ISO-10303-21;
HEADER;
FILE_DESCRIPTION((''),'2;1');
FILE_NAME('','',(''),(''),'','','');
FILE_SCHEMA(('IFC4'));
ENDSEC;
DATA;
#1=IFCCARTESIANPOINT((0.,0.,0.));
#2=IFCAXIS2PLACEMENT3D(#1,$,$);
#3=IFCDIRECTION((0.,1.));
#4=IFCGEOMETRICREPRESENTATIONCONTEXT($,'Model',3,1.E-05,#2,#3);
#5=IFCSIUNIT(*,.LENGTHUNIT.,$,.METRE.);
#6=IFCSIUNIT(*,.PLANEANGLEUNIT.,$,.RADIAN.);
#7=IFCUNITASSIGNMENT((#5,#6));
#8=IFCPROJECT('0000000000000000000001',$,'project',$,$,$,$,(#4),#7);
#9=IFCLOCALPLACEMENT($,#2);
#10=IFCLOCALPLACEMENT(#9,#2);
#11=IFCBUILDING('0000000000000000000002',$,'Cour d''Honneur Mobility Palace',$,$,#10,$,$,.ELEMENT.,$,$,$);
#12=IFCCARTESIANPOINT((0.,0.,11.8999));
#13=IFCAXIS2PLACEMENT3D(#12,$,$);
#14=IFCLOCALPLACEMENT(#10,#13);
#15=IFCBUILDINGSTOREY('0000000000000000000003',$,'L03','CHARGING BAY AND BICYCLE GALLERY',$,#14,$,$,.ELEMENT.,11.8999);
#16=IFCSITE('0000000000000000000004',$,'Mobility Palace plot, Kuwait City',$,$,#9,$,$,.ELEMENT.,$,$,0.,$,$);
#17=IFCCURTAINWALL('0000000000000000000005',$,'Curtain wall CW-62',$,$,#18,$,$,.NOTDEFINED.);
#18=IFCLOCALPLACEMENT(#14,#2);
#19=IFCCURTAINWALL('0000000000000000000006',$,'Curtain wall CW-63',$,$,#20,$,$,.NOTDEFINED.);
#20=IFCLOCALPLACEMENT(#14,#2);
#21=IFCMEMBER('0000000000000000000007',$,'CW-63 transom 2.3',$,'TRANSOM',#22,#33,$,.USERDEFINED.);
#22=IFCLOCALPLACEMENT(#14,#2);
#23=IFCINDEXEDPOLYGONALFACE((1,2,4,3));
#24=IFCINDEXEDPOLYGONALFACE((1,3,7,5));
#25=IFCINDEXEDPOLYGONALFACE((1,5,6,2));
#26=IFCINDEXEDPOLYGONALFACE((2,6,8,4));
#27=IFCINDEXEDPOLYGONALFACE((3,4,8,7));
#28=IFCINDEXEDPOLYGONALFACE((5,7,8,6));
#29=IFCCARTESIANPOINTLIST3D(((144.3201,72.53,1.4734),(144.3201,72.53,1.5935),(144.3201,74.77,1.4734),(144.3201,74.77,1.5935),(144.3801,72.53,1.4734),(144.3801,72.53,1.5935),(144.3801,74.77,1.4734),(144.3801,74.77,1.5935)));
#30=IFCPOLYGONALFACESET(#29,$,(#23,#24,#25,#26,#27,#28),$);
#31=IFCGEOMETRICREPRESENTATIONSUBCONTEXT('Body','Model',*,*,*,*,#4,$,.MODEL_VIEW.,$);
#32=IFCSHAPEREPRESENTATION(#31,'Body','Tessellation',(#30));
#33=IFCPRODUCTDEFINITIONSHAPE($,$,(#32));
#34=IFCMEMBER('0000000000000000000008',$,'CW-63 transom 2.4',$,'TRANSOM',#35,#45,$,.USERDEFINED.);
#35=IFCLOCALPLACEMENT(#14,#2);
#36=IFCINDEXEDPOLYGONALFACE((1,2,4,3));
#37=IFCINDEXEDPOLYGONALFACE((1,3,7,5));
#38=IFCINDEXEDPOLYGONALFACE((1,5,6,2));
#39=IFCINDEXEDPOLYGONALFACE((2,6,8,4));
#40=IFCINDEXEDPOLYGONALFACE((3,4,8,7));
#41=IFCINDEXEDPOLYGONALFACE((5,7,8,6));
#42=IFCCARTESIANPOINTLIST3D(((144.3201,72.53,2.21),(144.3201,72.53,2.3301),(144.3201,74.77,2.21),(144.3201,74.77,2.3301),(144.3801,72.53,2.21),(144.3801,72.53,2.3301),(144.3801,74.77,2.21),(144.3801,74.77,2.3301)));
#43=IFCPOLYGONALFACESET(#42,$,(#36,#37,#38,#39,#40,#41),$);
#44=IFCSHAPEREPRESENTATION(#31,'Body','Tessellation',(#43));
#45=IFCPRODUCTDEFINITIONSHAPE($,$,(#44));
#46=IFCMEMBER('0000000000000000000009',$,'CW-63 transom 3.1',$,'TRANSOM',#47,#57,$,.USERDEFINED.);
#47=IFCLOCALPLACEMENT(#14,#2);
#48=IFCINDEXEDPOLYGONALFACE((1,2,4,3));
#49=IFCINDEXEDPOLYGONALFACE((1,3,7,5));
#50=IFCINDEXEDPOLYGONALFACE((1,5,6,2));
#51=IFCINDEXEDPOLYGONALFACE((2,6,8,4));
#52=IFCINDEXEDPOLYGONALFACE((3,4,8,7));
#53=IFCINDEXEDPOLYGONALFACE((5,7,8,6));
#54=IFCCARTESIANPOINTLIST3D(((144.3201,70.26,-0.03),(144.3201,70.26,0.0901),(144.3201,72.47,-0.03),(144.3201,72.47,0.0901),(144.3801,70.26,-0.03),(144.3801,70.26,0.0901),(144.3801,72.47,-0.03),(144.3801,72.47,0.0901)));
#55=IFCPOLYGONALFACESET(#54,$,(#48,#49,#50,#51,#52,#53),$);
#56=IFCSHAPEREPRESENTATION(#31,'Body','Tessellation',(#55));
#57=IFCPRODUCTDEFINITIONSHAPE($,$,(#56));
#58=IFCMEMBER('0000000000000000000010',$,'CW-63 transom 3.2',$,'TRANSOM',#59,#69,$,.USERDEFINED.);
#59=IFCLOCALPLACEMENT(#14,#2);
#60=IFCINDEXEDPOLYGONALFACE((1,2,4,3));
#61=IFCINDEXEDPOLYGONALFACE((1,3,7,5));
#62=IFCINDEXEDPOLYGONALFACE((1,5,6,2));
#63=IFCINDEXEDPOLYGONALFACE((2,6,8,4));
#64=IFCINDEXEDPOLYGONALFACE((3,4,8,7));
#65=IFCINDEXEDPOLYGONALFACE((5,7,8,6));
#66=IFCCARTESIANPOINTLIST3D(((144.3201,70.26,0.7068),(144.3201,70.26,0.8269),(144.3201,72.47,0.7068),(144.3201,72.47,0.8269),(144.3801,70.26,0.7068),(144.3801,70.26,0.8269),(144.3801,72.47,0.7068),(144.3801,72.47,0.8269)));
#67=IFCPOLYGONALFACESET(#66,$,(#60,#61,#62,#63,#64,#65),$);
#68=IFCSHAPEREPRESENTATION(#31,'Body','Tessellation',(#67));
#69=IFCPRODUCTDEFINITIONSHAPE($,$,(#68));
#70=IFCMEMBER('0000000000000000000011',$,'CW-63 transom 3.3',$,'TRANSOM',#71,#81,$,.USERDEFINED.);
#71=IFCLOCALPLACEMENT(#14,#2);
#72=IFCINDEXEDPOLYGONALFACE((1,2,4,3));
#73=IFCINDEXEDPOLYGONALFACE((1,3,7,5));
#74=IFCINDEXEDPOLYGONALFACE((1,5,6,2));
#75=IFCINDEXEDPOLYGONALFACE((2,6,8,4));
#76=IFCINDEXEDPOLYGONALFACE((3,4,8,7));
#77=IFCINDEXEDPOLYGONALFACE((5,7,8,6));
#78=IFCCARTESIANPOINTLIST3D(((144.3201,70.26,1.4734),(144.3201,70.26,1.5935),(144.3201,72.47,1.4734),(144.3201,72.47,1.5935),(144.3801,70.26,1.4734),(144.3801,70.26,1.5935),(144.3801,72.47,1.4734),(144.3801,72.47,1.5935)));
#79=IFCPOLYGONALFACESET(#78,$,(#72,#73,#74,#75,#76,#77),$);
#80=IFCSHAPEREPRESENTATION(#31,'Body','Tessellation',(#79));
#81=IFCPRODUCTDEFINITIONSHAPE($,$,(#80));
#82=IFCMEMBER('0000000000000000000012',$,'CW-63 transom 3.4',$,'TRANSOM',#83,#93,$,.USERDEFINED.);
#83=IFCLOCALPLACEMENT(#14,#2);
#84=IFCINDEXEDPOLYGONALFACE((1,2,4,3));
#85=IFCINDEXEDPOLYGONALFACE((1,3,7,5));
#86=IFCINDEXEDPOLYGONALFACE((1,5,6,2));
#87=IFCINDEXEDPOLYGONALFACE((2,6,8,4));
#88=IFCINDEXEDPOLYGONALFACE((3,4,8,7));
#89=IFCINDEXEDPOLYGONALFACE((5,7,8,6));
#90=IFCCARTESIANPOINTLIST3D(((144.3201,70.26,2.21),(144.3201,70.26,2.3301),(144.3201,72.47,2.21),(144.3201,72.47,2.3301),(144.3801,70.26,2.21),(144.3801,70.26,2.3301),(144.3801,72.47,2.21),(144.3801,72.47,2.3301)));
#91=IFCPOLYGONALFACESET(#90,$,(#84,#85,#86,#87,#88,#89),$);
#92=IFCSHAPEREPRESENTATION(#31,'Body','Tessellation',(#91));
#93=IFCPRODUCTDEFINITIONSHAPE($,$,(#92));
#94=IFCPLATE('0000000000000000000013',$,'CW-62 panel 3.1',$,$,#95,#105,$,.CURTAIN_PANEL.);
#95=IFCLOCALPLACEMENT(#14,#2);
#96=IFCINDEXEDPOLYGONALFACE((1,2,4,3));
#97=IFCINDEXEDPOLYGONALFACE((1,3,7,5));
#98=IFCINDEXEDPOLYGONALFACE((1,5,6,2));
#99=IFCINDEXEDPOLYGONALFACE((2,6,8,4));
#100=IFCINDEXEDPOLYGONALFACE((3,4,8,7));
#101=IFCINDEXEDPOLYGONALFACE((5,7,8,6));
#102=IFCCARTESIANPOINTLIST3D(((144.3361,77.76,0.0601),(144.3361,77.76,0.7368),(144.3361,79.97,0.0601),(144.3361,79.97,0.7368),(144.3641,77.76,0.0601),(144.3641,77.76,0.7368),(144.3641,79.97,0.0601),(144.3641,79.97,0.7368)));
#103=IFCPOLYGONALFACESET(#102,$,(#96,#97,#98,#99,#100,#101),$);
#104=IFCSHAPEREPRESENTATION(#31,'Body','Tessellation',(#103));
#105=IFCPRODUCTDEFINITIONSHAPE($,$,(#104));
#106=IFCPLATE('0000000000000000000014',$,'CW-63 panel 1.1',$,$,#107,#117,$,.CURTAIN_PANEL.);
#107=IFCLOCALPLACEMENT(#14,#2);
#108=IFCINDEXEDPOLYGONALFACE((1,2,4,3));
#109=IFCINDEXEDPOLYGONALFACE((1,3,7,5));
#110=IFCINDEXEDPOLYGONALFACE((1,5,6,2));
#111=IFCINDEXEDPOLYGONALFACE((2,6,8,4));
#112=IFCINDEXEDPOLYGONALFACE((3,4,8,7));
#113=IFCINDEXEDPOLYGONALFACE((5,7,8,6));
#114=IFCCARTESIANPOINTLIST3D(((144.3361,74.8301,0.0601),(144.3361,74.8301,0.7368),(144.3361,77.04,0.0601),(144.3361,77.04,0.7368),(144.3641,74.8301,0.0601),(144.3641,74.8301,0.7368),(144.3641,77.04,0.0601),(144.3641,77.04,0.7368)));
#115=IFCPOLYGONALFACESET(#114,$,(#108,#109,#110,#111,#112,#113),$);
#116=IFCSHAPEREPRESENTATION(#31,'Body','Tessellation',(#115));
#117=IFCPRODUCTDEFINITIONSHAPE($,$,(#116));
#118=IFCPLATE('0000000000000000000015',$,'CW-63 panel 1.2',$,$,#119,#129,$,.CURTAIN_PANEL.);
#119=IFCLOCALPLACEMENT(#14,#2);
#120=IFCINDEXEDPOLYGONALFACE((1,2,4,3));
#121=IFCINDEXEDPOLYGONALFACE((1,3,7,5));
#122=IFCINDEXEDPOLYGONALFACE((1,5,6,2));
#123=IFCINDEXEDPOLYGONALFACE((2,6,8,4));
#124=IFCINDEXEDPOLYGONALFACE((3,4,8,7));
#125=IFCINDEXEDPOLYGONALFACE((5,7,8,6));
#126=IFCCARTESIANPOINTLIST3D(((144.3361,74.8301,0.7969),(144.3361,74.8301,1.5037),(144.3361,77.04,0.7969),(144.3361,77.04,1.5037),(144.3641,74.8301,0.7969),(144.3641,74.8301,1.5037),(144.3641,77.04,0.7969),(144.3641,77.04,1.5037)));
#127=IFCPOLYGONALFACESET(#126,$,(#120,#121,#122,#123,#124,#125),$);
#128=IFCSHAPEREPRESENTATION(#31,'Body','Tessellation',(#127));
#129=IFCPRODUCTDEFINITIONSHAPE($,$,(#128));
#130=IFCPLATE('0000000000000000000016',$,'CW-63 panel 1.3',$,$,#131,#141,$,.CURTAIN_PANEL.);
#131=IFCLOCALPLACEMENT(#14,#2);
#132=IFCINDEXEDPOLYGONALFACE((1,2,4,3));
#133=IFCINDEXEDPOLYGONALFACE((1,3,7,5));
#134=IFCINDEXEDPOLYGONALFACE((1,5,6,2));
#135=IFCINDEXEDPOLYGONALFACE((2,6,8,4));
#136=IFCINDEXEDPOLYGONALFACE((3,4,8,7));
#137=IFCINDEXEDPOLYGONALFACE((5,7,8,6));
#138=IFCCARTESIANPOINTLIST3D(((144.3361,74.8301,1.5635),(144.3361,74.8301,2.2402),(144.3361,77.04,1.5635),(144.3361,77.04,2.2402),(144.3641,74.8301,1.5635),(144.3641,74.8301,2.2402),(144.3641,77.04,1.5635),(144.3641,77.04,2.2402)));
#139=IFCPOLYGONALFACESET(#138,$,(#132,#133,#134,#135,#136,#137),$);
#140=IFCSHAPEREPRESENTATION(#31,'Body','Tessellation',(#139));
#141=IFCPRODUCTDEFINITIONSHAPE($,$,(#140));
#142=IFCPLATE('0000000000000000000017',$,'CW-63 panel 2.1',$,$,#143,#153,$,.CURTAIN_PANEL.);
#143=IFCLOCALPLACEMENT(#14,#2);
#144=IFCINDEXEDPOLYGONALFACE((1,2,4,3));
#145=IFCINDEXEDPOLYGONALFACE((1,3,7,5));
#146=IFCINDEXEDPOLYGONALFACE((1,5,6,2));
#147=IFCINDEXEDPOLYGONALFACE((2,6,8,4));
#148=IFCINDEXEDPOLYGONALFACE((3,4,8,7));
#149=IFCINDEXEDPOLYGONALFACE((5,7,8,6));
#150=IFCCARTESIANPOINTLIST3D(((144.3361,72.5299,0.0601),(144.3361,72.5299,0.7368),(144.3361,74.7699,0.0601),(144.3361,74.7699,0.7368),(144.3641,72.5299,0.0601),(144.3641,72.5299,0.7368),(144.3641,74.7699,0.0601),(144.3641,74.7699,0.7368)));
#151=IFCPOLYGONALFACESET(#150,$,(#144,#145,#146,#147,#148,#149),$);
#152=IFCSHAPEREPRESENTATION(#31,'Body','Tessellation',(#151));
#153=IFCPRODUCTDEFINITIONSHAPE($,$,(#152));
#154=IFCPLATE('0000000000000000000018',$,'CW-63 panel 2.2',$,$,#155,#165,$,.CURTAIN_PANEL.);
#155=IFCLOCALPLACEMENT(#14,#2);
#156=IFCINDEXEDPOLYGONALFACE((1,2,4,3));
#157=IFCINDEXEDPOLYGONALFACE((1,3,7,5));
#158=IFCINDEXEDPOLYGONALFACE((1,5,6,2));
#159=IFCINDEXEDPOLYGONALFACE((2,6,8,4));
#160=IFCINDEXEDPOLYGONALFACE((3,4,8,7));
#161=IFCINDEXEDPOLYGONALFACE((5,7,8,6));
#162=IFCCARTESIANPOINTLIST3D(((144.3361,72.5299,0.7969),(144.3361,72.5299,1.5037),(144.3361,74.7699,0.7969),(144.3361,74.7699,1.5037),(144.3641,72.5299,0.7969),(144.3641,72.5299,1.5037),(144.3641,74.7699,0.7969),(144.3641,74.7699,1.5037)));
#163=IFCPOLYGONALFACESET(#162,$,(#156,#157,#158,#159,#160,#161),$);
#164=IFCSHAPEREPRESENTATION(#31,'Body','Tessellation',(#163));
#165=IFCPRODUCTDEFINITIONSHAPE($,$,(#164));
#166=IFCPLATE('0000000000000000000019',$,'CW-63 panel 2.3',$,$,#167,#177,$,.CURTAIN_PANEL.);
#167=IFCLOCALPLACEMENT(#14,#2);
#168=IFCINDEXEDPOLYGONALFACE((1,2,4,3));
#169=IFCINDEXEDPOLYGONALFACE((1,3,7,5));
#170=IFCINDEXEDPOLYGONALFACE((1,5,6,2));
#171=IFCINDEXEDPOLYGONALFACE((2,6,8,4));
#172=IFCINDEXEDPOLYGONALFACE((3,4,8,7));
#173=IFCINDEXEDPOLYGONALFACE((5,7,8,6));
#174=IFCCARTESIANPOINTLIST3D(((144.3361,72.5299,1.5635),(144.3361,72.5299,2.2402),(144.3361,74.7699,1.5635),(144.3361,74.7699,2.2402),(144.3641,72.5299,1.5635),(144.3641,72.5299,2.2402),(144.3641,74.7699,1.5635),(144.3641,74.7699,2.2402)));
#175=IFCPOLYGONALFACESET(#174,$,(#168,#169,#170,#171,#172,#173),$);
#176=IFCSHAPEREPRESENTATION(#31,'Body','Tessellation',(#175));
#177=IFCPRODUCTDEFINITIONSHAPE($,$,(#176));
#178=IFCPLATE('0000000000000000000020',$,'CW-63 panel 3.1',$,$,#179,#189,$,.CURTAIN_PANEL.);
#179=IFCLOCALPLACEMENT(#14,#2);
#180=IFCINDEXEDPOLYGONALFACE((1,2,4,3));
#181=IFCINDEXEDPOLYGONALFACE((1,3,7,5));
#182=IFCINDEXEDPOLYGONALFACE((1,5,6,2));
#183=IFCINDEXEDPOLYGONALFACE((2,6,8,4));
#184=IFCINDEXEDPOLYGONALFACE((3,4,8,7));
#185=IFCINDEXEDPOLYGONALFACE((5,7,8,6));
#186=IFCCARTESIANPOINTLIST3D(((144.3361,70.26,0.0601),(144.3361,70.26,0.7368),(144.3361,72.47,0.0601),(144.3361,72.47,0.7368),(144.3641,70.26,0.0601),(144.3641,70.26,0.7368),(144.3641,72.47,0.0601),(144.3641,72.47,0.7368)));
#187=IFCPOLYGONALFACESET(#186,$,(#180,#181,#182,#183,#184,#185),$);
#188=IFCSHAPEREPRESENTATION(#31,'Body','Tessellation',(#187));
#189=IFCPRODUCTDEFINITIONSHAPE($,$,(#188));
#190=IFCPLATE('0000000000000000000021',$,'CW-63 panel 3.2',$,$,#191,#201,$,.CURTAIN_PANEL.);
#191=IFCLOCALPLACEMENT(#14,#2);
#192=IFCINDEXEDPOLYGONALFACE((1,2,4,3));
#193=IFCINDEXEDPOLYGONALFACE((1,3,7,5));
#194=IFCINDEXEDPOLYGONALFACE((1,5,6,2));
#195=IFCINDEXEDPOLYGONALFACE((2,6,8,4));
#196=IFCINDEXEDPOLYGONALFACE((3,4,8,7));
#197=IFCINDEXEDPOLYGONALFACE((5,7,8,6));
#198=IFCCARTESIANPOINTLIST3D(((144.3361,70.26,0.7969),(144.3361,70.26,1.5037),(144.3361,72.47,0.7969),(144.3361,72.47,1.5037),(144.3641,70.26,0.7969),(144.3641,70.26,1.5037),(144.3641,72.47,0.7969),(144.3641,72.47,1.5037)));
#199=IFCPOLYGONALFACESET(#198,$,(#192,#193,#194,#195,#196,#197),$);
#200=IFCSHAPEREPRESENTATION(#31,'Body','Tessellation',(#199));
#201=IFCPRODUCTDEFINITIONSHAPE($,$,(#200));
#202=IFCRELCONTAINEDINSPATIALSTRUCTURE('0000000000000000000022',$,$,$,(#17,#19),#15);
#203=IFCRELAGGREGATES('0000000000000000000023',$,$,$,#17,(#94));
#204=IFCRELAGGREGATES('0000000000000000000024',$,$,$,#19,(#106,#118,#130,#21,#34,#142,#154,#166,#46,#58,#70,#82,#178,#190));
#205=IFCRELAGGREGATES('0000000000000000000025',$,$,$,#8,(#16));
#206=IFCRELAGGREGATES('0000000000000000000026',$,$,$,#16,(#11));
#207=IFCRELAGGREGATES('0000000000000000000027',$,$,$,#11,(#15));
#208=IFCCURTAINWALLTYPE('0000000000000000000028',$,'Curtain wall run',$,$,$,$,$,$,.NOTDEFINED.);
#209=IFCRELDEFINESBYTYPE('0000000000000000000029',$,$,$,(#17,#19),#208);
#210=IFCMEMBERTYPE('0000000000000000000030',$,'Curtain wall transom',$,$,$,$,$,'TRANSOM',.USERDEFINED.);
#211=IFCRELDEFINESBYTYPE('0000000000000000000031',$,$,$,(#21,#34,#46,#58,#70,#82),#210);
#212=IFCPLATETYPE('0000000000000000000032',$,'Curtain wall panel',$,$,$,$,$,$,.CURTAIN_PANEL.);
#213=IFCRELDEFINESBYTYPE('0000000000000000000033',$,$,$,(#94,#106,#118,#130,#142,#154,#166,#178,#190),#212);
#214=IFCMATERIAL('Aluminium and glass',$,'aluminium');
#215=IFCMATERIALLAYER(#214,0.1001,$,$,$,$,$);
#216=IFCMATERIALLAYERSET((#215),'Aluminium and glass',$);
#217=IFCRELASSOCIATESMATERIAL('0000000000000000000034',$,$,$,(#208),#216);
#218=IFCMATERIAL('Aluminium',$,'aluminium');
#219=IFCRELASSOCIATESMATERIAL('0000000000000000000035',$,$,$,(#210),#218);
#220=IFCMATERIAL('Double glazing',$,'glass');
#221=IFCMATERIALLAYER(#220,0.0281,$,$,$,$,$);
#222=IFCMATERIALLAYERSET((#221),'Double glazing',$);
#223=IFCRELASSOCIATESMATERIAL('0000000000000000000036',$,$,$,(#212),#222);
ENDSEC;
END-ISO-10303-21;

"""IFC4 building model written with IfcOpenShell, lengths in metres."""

from ifc_helpers import new_model, si_unit, direction, frame, origin, origin_2d, place, context, subcontext, project, spatial, rectangle, extrude, material, layer, layer_set, material_profile, profile_set, type_object, element, aggregate, save


model = new_model("IFC4")

# Units and contexts
model_context = context("Model", 3, precision=1e-05, world=origin(), true_north=direction((0.0, 1.0)))
body_context = subcontext(model_context, "Body", "Model", "MODEL_VIEW")
ifc_project = project(units=[si_unit("LENGTHUNIT", "METRE"), si_unit("PLANEANGLEUNIT", "RADIAN")], contexts=[model_context])

# Site, building, storey
site_placement = place(None, origin())
site = spatial("IfcSite", under=ifc_project, at=site_placement, Name="Mobility Palace plot, Kuwait City", CompositionType="ELEMENT", RefElevation=0.0)
building_placement = place(site_placement, origin())
building = spatial("IfcBuilding", under=site, at=building_placement, Name="Cour d'Honneur Mobility Palace", CompositionType="ELEMENT")
storey_placement = place(building_placement, frame((0.0, 0.0, 11.8999)))
storey = spatial("IfcBuildingStorey", under=building, at=storey_placement, Name="L03", Description="CHARGING BAY AND BICYCLE GALLERY", CompositionType="ELEMENT", Elevation=11.8999)

# Curtain wall
ifc_material_1 = material(Name="Aluminium and glass", Category="aluminium")
ifc_layer_1 = layer(ifc_material_1, 0.1001)
ifc_layer_set_1 = layer_set([ifc_layer_1], Name="Aluminium and glass")
curtain_wall_type = type_object("IfcCurtainWallType", Name="Curtain wall run", PredefinedType="NOTDEFINED", material=ifc_layer_set_1)
curtain_wall_1_placement = place(storey_placement, origin())
curtain_wall_1 = element("IfcCurtainWall", 1, at=curtain_wall_1_placement, inside=storey, type_object=curtain_wall_type, Name="Curtain wall CW-62", PredefinedType="NOTDEFINED")

# Curtain wall, members
curtain_wall_2_placement = place(storey_placement, origin())
curtain_wall_2 = element("IfcCurtainWall", 2, at=curtain_wall_2_placement, inside=storey, type_object=curtain_wall_type, Name="Curtain wall CW-63", PredefinedType="NOTDEFINED")
ifc_material_2 = material(Name="Aluminium", Category="aluminium")
ifc_material_profile_1 = material_profile(ifc_material_2, rectangle(XDim=0.0601, YDim=0.1201, at=origin_2d()), Name="Curtain wall transom")
ifc_profile_set_1 = profile_set([ifc_material_profile_1], Name="Aluminium")
member_type_1 = type_object("IfcMemberType", Name="Curtain wall transom", ElementType="TRANSOM", PredefinedType="USERDEFINED", material=ifc_profile_set_1)
member_1_placement = place(storey_placement, frame((144.3501, 74.77, 1.5334), z_axis=(0.0, -1.0, 0.0), x_axis=(1.0, 0.0, 0.0)))
member_1 = element("IfcMember", 3, at=member_1_placement, type_object=member_type_1, Name="CW-63 transom 2.3", ObjectType="TRANSOM", PredefinedType="USERDEFINED", context=body_context, shape_type="SweptSolid", body=[
    extrude(rectangle(XDim=0.0601, YDim=0.1201, at=origin_2d()), origin(), (0.0, 0.0, 1.0), 2.24),
])
member_2_placement = place(storey_placement, frame((144.3501, 74.77, 2.27), z_axis=(0.0, -1.0, 0.0), x_axis=(1.0, 0.0, 0.0)))
member_2 = element("IfcMember", 4, at=member_2_placement, type_object=member_type_1, Name="CW-63 transom 2.4", ObjectType="TRANSOM", PredefinedType="USERDEFINED", context=body_context, shape_type="SweptSolid", body=[
    extrude(rectangle(XDim=0.0601, YDim=0.1201, at=origin_2d()), origin(), (0.0, 0.0, 1.0), 2.24),
])
member_3_placement = place(storey_placement, frame((144.3501, 72.47, 0.03), z_axis=(0.0, -1.0, 0.0), x_axis=(1.0, 0.0, 0.0)))
member_3 = element("IfcMember", 5, at=member_3_placement, type_object=member_type_1, Name="CW-63 transom 3.1", ObjectType="TRANSOM", PredefinedType="USERDEFINED", context=body_context, shape_type="SweptSolid", body=[
    extrude(rectangle(XDim=0.0601, YDim=0.1201, at=origin_2d()), origin(), (0.0, 0.0, 1.0), 2.21),
])
member_4_placement = place(storey_placement, frame((144.3501, 72.47, 0.7668), z_axis=(0.0, -1.0, 0.0), x_axis=(1.0, 0.0, 0.0)))
member_4 = element("IfcMember", 6, at=member_4_placement, type_object=member_type_1, Name="CW-63 transom 3.2", ObjectType="TRANSOM", PredefinedType="USERDEFINED", context=body_context, shape_type="SweptSolid", body=[
    extrude(rectangle(XDim=0.0601, YDim=0.1201, at=origin_2d()), origin(), (0.0, 0.0, 1.0), 2.21),
])
member_5_placement = place(storey_placement, frame((144.3501, 72.47, 1.5334), z_axis=(0.0, -1.0, 0.0), x_axis=(1.0, 0.0, 0.0)))
member_5 = element("IfcMember", 7, at=member_5_placement, type_object=member_type_1, Name="CW-63 transom 3.3", ObjectType="TRANSOM", PredefinedType="USERDEFINED", context=body_context, shape_type="SweptSolid", body=[
    extrude(rectangle(XDim=0.0601, YDim=0.1201, at=origin_2d()), origin(), (0.0, 0.0, 1.0), 2.21),
])
member_6_placement = place(storey_placement, frame((144.3501, 72.47, 2.27), z_axis=(0.0, -1.0, 0.0), x_axis=(1.0, 0.0, 0.0)))
member_6 = element("IfcMember", 8, at=member_6_placement, type_object=member_type_1, Name="CW-63 transom 3.4", ObjectType="TRANSOM", PredefinedType="USERDEFINED", context=body_context, shape_type="SweptSolid", body=[
    extrude(rectangle(XDim=0.0601, YDim=0.1201, at=origin_2d()), origin(), (0.0, 0.0, 1.0), 2.21),
])

# Plates
ifc_material_3 = material(Name="Double glazing", Category="glass")
ifc_layer_2 = layer(ifc_material_3, 0.0281)
ifc_layer_set_2 = layer_set([ifc_layer_2], Name="Double glazing")
plate_type = type_object("IfcPlateType", Name="Curtain wall panel", PredefinedType="CURTAIN_PANEL", material=ifc_layer_set_2)
plate_1_placement = place(storey_placement, frame((144.3501, 78.865, 0.0601), z_axis=(0.0, 0.0, 1.0), x_axis=(0.0, -1.0, 0.0)))
plate_1 = element("IfcPlate", 9, at=plate_1_placement, type_object=plate_type, Name="CW-62 panel 3.1", PredefinedType="CURTAIN_PANEL", context=body_context, shape_type="SweptSolid", body=[
    extrude(rectangle(XDim=2.21, YDim=0.0281, at=origin_2d()), origin(), (0.0, 0.0, 1.0), 0.6768),
])
aggregate(curtain_wall_1, [plate_1])
plate_2_placement = place(storey_placement, frame((144.3501, 75.9351, 0.0601), z_axis=(0.0, 0.0, 1.0), x_axis=(0.0, -1.0, 0.0)))
plate_2 = element("IfcPlate", 10, at=plate_2_placement, type_object=plate_type, Name="CW-63 panel 1.1", PredefinedType="CURTAIN_PANEL", context=body_context, shape_type="SweptSolid", body=[
    extrude(rectangle(XDim=2.21, YDim=0.0281, at=origin_2d()), origin(), (0.0, 0.0, 1.0), 0.6768),
])
plate_3_placement = place(storey_placement, frame((144.3501, 75.9351, 0.7969), z_axis=(0.0, 0.0, 1.0), x_axis=(0.0, -1.0, 0.0)))
plate_3 = element("IfcPlate", 11, at=plate_3_placement, type_object=plate_type, Name="CW-63 panel 1.2", PredefinedType="CURTAIN_PANEL", context=body_context, shape_type="SweptSolid", body=[
    extrude(rectangle(XDim=2.21, YDim=0.0281, at=origin_2d()), origin(), (0.0, 0.0, 1.0), 0.7068),
])
plate_4_placement = place(storey_placement, frame((144.3501, 75.9351, 1.5635), z_axis=(0.0, 0.0, 1.0), x_axis=(0.0, -1.0, 0.0)))
plate_4 = element("IfcPlate", 12, at=plate_4_placement, type_object=plate_type, Name="CW-63 panel 1.3", PredefinedType="CURTAIN_PANEL", context=body_context, shape_type="SweptSolid", body=[
    extrude(rectangle(XDim=2.21, YDim=0.0281, at=origin_2d()), origin(), (0.0, 0.0, 1.0), 0.6768),
])
plate_5_placement = place(storey_placement, frame((144.3501, 73.6499, 0.0601), z_axis=(0.0, 0.0, 1.0), x_axis=(0.0, -1.0, 0.0)))
plate_5 = element("IfcPlate", 13, at=plate_5_placement, type_object=plate_type, Name="CW-63 panel 2.1", PredefinedType="CURTAIN_PANEL", context=body_context, shape_type="SweptSolid", body=[
    extrude(rectangle(XDim=2.24, YDim=0.0281, at=origin_2d()), origin(), (0.0, 0.0, 1.0), 0.6768),
])
plate_6_placement = place(storey_placement, frame((144.3501, 73.6499, 0.7969), z_axis=(0.0, 0.0, 1.0), x_axis=(0.0, -1.0, 0.0)))
plate_6 = element("IfcPlate", 14, at=plate_6_placement, type_object=plate_type, Name="CW-63 panel 2.2", PredefinedType="CURTAIN_PANEL", context=body_context, shape_type="SweptSolid", body=[
    extrude(rectangle(XDim=2.24, YDim=0.0281, at=origin_2d()), origin(), (0.0, 0.0, 1.0), 0.7068),
])
plate_7_placement = place(storey_placement, frame((144.3501, 73.6499, 1.5635), z_axis=(0.0, 0.0, 1.0), x_axis=(0.0, -1.0, 0.0)))
plate_7 = element("IfcPlate", 15, at=plate_7_placement, type_object=plate_type, Name="CW-63 panel 2.3", PredefinedType="CURTAIN_PANEL", context=body_context, shape_type="SweptSolid", body=[
    extrude(rectangle(XDim=2.24, YDim=0.0281, at=origin_2d()), origin(), (0.0, 0.0, 1.0), 0.6768),
])
plate_8_placement = place(storey_placement, frame((144.3501, 71.365, 0.0601), z_axis=(0.0, 0.0, 1.0), x_axis=(0.0, -1.0, 0.0)))
plate_8 = element("IfcPlate", 16, at=plate_8_placement, type_object=plate_type, Name="CW-63 panel 3.1", PredefinedType="CURTAIN_PANEL", context=body_context, shape_type="SweptSolid", body=[
    extrude(rectangle(XDim=2.21, YDim=0.0281, at=origin_2d()), origin(), (0.0, 0.0, 1.0), 0.6768),
])
plate_9_placement = place(storey_placement, frame((144.3501, 71.365, 0.7969), z_axis=(0.0, 0.0, 1.0), x_axis=(0.0, -1.0, 0.0)))
plate_9 = element("IfcPlate", 17, at=plate_9_placement, type_object=plate_type, Name="CW-63 panel 3.2", PredefinedType="CURTAIN_PANEL", context=body_context, shape_type="SweptSolid", body=[
    extrude(rectangle(XDim=2.21, YDim=0.0281, at=origin_2d()), origin(), (0.0, 0.0, 1.0), 0.7068),
])
aggregate(curtain_wall_2, [plate_2, plate_3, plate_4, member_1, member_2, plate_5, plate_6, plate_7, member_3, member_4, member_5, member_6, plate_8, plate_9])

save(model, "model.ifc")
